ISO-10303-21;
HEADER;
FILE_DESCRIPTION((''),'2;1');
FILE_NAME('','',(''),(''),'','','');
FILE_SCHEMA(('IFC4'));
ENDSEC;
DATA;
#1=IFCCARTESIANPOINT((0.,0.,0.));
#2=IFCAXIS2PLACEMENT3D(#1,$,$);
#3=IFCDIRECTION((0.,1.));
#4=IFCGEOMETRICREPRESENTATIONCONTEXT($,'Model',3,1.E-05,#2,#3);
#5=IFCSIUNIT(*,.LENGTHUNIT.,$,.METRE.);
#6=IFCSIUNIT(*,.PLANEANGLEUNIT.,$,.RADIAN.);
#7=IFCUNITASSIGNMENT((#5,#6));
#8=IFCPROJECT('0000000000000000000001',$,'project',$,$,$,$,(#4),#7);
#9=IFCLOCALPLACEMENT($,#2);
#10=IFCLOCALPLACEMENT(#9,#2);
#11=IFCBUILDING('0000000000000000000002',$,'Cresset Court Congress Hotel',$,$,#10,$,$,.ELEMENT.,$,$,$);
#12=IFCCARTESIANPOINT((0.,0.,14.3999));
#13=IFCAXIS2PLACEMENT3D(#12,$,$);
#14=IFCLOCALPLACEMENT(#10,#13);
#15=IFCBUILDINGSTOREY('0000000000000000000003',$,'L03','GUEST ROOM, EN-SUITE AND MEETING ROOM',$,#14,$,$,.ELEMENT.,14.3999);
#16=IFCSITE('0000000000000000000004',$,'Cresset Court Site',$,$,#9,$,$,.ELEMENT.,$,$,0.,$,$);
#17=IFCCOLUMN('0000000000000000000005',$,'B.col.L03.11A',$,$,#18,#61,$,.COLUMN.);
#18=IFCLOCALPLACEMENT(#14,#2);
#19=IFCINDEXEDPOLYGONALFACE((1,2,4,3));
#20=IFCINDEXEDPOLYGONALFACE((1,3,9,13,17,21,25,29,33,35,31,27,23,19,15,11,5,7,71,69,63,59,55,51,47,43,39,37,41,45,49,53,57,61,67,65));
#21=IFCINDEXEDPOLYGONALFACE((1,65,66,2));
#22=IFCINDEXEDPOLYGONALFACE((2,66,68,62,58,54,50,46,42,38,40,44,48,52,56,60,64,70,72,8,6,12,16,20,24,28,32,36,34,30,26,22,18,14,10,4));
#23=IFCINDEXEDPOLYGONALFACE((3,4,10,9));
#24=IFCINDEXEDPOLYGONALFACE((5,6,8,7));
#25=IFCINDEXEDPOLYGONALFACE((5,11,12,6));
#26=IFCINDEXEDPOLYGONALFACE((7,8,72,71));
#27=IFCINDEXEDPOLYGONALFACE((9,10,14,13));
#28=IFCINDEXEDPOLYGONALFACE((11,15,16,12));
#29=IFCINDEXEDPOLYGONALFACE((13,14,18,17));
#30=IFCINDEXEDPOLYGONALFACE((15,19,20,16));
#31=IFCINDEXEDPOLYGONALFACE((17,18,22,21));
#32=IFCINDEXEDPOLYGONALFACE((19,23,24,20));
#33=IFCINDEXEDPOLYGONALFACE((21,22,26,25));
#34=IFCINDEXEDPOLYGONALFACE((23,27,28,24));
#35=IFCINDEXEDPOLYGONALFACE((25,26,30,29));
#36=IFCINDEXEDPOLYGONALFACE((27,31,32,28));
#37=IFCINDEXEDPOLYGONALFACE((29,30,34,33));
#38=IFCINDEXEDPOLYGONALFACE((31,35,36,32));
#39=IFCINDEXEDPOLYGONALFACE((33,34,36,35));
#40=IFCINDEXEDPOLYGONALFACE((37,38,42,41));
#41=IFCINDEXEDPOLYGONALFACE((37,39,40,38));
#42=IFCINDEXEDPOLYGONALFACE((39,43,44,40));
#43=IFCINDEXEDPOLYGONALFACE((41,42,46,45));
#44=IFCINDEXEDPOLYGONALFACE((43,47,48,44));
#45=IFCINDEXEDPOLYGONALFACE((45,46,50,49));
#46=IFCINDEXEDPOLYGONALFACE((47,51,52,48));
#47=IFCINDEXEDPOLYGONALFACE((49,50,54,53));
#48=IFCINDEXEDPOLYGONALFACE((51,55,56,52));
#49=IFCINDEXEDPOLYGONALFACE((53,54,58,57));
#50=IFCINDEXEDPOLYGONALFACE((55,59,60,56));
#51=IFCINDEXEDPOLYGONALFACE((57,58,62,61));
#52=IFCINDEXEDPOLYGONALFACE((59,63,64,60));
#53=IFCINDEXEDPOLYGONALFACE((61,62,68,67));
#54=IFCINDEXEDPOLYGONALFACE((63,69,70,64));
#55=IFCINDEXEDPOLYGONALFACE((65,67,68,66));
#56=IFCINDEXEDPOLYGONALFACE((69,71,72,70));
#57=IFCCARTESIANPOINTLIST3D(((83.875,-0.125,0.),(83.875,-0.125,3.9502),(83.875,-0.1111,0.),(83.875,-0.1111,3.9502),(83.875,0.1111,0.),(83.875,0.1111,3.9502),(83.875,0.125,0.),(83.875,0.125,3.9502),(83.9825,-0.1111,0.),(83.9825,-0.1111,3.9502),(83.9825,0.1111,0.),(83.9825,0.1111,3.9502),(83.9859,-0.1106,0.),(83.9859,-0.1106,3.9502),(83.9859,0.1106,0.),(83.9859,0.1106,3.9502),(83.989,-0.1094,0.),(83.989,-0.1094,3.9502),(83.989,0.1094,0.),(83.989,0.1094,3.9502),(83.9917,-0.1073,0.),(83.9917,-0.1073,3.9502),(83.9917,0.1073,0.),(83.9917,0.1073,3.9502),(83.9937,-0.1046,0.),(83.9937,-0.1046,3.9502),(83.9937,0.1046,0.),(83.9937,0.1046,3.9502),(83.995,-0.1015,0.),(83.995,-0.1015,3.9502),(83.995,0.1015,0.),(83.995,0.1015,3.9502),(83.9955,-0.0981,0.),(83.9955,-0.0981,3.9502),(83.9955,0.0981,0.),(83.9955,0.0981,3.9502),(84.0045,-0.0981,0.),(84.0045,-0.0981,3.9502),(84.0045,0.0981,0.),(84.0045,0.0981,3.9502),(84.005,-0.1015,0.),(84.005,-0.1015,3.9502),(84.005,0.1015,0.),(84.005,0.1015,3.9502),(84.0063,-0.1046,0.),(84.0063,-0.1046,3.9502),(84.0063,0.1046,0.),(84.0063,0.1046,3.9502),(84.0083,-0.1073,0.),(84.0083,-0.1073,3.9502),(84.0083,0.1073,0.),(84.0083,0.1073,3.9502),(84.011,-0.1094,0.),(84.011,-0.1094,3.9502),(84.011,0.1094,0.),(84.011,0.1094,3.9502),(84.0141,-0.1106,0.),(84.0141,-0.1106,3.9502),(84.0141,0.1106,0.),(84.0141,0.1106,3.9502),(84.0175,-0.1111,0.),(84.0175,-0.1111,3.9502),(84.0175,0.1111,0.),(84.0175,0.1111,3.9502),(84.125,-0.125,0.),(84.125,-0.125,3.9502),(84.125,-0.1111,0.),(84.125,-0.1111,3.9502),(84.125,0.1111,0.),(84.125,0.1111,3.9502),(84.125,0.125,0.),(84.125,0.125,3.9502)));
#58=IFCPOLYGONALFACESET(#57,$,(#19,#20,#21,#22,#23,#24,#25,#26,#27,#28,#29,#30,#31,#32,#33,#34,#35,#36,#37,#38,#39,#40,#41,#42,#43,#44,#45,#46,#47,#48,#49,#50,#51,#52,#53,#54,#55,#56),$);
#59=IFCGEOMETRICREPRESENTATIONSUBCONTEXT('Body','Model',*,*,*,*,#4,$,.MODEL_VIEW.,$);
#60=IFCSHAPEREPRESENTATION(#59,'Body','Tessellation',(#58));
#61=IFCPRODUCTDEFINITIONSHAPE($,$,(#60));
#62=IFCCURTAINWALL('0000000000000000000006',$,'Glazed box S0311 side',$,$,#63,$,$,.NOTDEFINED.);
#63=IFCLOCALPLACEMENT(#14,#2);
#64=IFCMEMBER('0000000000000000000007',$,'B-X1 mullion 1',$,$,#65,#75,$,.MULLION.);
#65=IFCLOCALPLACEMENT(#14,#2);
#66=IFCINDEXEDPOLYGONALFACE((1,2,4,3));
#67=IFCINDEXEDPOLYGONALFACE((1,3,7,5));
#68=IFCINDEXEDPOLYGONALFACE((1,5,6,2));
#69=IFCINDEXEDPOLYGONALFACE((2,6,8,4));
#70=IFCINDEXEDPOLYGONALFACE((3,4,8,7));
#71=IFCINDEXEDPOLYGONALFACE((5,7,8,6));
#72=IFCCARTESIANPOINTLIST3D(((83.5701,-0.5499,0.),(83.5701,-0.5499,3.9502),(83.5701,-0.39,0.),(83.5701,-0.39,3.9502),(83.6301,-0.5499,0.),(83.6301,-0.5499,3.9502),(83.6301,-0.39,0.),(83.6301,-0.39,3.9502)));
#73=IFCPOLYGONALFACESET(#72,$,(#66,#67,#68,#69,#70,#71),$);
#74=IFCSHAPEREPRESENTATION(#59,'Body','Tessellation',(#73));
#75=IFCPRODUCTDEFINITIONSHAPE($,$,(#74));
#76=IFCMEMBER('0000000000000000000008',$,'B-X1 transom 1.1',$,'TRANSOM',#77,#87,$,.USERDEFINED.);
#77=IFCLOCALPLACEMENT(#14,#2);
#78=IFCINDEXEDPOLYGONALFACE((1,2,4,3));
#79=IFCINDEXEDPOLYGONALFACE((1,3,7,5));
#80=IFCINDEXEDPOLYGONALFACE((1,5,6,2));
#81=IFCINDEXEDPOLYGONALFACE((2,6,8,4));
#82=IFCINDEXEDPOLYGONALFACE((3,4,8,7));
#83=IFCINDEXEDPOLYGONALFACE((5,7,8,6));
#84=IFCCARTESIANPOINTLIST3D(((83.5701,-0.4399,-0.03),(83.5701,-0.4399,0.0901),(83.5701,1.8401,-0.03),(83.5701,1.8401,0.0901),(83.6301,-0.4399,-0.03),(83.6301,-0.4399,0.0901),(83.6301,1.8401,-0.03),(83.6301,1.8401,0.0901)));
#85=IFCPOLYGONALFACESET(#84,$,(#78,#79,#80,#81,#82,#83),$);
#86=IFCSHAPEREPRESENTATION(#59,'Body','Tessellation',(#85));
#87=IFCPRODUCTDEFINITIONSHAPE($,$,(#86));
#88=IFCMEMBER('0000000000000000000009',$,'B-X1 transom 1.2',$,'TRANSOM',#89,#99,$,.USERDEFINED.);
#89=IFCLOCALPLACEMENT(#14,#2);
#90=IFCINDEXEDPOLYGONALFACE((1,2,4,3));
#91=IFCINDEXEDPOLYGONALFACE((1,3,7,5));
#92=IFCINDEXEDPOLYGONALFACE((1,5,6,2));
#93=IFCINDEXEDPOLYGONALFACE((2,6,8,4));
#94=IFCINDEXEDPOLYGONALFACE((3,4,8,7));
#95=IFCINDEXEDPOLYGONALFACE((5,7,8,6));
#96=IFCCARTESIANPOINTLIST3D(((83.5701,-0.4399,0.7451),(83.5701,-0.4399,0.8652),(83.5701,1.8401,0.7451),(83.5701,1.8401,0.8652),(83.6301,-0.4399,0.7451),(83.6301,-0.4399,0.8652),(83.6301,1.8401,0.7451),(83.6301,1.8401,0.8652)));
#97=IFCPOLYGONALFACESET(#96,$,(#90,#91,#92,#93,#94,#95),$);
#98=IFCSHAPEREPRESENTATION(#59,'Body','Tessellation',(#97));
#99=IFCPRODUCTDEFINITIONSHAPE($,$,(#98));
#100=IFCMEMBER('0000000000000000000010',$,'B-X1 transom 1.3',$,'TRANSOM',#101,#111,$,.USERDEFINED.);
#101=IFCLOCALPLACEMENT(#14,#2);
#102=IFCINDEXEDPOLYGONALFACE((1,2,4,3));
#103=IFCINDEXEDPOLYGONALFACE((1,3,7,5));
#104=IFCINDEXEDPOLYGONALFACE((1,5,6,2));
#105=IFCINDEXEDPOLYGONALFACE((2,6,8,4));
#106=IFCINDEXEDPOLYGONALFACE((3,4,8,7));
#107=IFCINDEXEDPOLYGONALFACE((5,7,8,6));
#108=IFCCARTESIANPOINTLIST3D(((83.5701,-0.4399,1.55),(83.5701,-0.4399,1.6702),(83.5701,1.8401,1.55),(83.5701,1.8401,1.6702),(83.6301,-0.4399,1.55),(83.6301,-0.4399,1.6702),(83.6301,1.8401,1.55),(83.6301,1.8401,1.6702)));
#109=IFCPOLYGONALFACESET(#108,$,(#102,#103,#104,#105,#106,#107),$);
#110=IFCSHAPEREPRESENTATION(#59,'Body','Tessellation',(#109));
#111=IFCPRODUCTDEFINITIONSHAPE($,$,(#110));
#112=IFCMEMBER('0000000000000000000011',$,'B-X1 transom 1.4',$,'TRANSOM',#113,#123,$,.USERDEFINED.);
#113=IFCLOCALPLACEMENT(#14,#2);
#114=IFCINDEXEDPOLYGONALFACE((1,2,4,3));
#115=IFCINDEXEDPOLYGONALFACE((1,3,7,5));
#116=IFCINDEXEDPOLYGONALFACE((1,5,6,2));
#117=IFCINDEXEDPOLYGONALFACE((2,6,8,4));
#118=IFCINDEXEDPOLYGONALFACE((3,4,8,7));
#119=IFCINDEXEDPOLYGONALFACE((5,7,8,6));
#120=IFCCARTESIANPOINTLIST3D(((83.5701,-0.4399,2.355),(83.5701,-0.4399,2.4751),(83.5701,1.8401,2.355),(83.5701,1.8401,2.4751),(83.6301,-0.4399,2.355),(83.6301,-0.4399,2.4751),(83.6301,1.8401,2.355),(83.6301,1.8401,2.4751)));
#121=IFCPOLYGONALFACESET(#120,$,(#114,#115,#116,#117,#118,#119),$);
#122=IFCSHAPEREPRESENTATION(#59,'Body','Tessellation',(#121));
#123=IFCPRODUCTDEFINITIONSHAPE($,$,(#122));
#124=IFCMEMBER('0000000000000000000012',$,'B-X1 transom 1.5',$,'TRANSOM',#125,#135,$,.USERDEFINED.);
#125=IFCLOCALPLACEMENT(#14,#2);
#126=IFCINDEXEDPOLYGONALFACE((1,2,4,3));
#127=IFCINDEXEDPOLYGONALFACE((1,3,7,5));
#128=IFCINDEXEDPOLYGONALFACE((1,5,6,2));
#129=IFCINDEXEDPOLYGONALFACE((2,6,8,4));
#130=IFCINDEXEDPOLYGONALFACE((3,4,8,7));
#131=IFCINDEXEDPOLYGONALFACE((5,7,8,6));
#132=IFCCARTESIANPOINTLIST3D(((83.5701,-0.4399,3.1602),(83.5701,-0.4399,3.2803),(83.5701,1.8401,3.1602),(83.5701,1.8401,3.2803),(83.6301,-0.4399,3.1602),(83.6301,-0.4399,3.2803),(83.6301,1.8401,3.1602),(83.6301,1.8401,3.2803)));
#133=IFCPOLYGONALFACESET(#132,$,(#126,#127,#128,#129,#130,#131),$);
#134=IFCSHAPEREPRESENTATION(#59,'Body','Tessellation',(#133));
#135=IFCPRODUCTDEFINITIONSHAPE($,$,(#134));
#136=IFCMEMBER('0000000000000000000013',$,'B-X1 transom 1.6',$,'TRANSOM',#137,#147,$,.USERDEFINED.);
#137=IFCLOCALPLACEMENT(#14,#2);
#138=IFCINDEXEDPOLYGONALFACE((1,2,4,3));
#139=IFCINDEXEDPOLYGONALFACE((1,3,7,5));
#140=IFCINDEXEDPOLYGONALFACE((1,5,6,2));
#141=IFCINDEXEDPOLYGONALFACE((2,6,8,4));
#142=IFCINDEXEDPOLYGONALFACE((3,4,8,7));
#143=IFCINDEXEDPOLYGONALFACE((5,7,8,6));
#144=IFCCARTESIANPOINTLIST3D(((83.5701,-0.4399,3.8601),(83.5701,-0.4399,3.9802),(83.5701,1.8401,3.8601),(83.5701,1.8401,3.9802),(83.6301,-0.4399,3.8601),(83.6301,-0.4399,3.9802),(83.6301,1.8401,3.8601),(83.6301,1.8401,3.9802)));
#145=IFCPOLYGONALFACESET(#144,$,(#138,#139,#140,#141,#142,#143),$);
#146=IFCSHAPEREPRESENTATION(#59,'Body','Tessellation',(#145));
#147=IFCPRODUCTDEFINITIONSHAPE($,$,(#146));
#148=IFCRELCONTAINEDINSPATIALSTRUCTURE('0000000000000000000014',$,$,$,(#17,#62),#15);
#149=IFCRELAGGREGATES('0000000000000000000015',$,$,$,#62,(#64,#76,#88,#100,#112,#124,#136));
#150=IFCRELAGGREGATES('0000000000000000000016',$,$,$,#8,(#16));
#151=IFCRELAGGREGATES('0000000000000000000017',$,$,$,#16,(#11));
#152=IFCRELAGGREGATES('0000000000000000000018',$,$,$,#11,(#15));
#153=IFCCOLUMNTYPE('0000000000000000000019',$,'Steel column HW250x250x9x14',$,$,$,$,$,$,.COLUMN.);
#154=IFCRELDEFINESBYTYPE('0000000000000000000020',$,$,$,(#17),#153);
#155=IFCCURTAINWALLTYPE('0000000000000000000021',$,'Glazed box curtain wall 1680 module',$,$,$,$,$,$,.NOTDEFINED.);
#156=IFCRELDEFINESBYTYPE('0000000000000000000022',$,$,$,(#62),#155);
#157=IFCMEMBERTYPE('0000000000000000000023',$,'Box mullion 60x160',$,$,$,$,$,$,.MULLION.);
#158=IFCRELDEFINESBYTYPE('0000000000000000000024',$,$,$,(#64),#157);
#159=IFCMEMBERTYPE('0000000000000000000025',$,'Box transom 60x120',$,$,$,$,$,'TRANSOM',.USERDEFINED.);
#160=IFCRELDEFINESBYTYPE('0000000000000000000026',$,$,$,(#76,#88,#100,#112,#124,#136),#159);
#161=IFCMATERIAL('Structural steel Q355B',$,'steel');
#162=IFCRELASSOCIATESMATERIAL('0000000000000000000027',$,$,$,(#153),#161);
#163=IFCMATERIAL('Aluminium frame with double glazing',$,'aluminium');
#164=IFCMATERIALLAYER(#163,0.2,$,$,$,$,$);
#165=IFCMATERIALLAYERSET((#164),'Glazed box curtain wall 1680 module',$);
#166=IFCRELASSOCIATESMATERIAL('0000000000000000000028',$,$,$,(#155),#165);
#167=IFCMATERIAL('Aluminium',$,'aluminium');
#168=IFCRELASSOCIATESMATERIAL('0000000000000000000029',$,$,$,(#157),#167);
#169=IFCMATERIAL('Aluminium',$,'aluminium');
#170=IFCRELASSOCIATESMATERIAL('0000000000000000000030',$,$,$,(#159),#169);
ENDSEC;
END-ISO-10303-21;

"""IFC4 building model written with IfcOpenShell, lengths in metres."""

from ifc_helpers import new_model, si_unit, direction, frame, origin, origin_2d, place, context, subcontext, project, spatial, rectangle, i_section, extrude, material, layer, layer_set, material_profile, profile_set, type_object, element, aggregate, save


model = new_model("IFC4")

# Units and contexts
model_context = context("Model", 3, precision=1e-05, world=origin(), true_north=direction((0.0, 1.0)))
body_context = subcontext(model_context, "Body", "Model", "MODEL_VIEW")
ifc_project = project(units=[si_unit("LENGTHUNIT", "METRE"), si_unit("PLANEANGLEUNIT", "RADIAN")], contexts=[model_context])

# Site, building, storey
site_placement = place(None, origin())
site = spatial("IfcSite", under=ifc_project, at=site_placement, Name="Cresset Court Site", CompositionType="ELEMENT", RefElevation=0.0)
building_placement = place(site_placement, origin())
building = spatial("IfcBuilding", under=site, at=building_placement, Name="Cresset Court Congress Hotel", CompositionType="ELEMENT")
storey_placement = place(building_placement, frame((0.0, 0.0, 14.3999)))
storey = spatial("IfcBuildingStorey", under=building, at=storey_placement, Name="L03", Description="GUEST ROOM, EN-SUITE AND MEETING ROOM", CompositionType="ELEMENT", Elevation=14.3999)

# Column
ifc_material_1 = material(Name="Structural steel Q355B", Category="steel")
ifc_material_profile_1 = material_profile(ifc_material_1, i_section(OverallWidth=0.25, OverallDepth=0.25, WebThickness=0.009, FlangeThickness=0.0139, FilletRadius=0.0129, at=origin_2d()), Name="HW250x250x9x14")
ifc_profile_set_1 = profile_set([ifc_material_profile_1], Name="Structural steel Q355B")
column_type = type_object("IfcColumnType", Name="Steel column HW250x250x9x14", PredefinedType="COLUMN", material=ifc_profile_set_1)
column_placement = place(storey_placement, frame((84.0, 0.0, 0.0), z_axis=(0.0, 0.0, 1.0), x_axis=(1.0, 0.0, 0.0)))
element("IfcColumn", 1, at=column_placement, inside=storey, type_object=column_type, Name="B.col.L03.11A", PredefinedType="COLUMN", context=body_context, shape_type="SweptSolid", body=[
    extrude(i_section(OverallWidth=0.25, OverallDepth=0.25, WebThickness=0.009, FlangeThickness=0.0139, FilletRadius=0.0129, at=origin_2d()), origin(), (0.0, 0.0, 1.0), 3.9502),
])

# Curtain wall, members
ifc_material_2 = material(Name="Aluminium frame with double glazing", Category="aluminium")
ifc_layer_1 = layer(ifc_material_2, 0.2)
ifc_layer_set_1 = layer_set([ifc_layer_1], Name="Glazed box curtain wall 1680 module")
curtain_wall_type = type_object("IfcCurtainWallType", Name="Glazed box curtain wall 1680 module", PredefinedType="NOTDEFINED", material=ifc_layer_set_1)
curtain_wall_placement = place(storey_placement, origin())
curtain_wall = element("IfcCurtainWall", 2, at=curtain_wall_placement, inside=storey, type_object=curtain_wall_type, Name="Glazed box S0311 side", PredefinedType="NOTDEFINED")
ifc_material_3 = material(Name="Aluminium", Category="aluminium")
ifc_material_profile_2 = material_profile(ifc_material_3, rectangle(XDim=0.0601, YDim=0.1599, at=origin_2d()), Name="Box mullion 60x160")
ifc_profile_set_2 = profile_set([ifc_material_profile_2], Name="Aluminium")
member_type_1 = type_object("IfcMemberType", Name="Box mullion 60x160", PredefinedType="MULLION", material=ifc_profile_set_2)
member_1_placement = place(storey_placement, frame((83.6001, -0.47, 0.0), z_axis=(0.0, 0.0, 1.0), x_axis=(-1.0, 0.0, 0.0)))
member_1 = element("IfcMember", 3, at=member_1_placement, type_object=member_type_1, Name="B-X1 mullion 1", PredefinedType="MULLION", context=body_context, shape_type="SweptSolid", body=[
    extrude(rectangle(XDim=0.0601, YDim=0.1599, at=origin_2d()), origin(), (0.0, 0.0, 1.0), 3.9502),
])
ifc_material_4 = material(Name="Aluminium", Category="aluminium")
ifc_material_profile_3 = material_profile(ifc_material_4, rectangle(XDim=0.0601, YDim=0.1201, at=origin_2d()), Name="Box transom 60x120")
ifc_profile_set_3 = profile_set([ifc_material_profile_3], Name="Aluminium")
member_type_2 = type_object("IfcMemberType", Name="Box transom 60x120", ElementType="TRANSOM", PredefinedType="USERDEFINED", material=ifc_profile_set_3)
member_2_placement = place(storey_placement, frame((83.6001, -0.4399, 0.03), z_axis=(0.0, 1.0, 0.0), x_axis=(-1.0, 0.0, 0.0)))
member_2 = element("IfcMember", 4, at=member_2_placement, type_object=member_type_2, Name="B-X1 transom 1.1", ObjectType="TRANSOM", PredefinedType="USERDEFINED", context=body_context, shape_type="SweptSolid", body=[
    extrude(rectangle(XDim=0.0601, YDim=0.1201, at=origin_2d()), origin(), (0.0, 0.0, 1.0), 2.28),
])
member_3_placement = place(storey_placement, frame((83.6001, -0.4399, 0.8052), z_axis=(0.0, 1.0, 0.0), x_axis=(-1.0, 0.0, 0.0)))
member_3 = element("IfcMember", 5, at=member_3_placement, type_object=member_type_2, Name="B-X1 transom 1.2", ObjectType="TRANSOM", PredefinedType="USERDEFINED", context=body_context, shape_type="SweptSolid", body=[
    extrude(rectangle(XDim=0.0601, YDim=0.1201, at=origin_2d()), origin(), (0.0, 0.0, 1.0), 2.28),
])
member_4_placement = place(storey_placement, frame((83.6001, -0.4399, 1.6101), z_axis=(0.0, 1.0, 0.0), x_axis=(-1.0, 0.0, 0.0)))
member_4 = element("IfcMember", 6, at=member_4_placement, type_object=member_type_2, Name="B-X1 transom 1.3", ObjectType="TRANSOM", PredefinedType="USERDEFINED", context=body_context, shape_type="SweptSolid", body=[
    extrude(rectangle(XDim=0.0601, YDim=0.1201, at=origin_2d()), origin(), (0.0, 0.0, 1.0), 2.28),
])
member_5_placement = place(storey_placement, frame((83.6001, -0.4399, 2.415), z_axis=(0.0, 1.0, 0.0), x_axis=(-1.0, 0.0, 0.0)))
member_5 = element("IfcMember", 7, at=member_5_placement, type_object=member_type_2, Name="B-X1 transom 1.4", ObjectType="TRANSOM", PredefinedType="USERDEFINED", context=body_context, shape_type="SweptSolid", body=[
    extrude(rectangle(XDim=0.0601, YDim=0.1201, at=origin_2d()), origin(), (0.0, 0.0, 1.0), 2.28),
])
member_6_placement = place(storey_placement, frame((83.6001, -0.4399, 3.2202), z_axis=(0.0, 1.0, 0.0), x_axis=(-1.0, 0.0, 0.0)))
member_6 = element("IfcMember", 8, at=member_6_placement, type_object=member_type_2, Name="B-X1 transom 1.5", ObjectType="TRANSOM", PredefinedType="USERDEFINED", context=body_context, shape_type="SweptSolid", body=[
    extrude(rectangle(XDim=0.0601, YDim=0.1201, at=origin_2d()), origin(), (0.0, 0.0, 1.0), 2.28),
])
member_7_placement = place(storey_placement, frame((83.6001, -0.4399, 3.9202), z_axis=(0.0, 1.0, 0.0), x_axis=(-1.0, 0.0, 0.0)))
member_7 = element("IfcMember", 9, at=member_7_placement, type_object=member_type_2, Name="B-X1 transom 1.6", ObjectType="TRANSOM", PredefinedType="USERDEFINED", context=body_context, shape_type="SweptSolid", body=[
    extrude(rectangle(XDim=0.0601, YDim=0.1201, at=origin_2d()), origin(), (0.0, 0.0, 1.0), 2.28),
])
aggregate(curtain_wall, [member_1, member_2, member_3, member_4, member_5, member_6, member_7])

save(model, "model.ifc")
